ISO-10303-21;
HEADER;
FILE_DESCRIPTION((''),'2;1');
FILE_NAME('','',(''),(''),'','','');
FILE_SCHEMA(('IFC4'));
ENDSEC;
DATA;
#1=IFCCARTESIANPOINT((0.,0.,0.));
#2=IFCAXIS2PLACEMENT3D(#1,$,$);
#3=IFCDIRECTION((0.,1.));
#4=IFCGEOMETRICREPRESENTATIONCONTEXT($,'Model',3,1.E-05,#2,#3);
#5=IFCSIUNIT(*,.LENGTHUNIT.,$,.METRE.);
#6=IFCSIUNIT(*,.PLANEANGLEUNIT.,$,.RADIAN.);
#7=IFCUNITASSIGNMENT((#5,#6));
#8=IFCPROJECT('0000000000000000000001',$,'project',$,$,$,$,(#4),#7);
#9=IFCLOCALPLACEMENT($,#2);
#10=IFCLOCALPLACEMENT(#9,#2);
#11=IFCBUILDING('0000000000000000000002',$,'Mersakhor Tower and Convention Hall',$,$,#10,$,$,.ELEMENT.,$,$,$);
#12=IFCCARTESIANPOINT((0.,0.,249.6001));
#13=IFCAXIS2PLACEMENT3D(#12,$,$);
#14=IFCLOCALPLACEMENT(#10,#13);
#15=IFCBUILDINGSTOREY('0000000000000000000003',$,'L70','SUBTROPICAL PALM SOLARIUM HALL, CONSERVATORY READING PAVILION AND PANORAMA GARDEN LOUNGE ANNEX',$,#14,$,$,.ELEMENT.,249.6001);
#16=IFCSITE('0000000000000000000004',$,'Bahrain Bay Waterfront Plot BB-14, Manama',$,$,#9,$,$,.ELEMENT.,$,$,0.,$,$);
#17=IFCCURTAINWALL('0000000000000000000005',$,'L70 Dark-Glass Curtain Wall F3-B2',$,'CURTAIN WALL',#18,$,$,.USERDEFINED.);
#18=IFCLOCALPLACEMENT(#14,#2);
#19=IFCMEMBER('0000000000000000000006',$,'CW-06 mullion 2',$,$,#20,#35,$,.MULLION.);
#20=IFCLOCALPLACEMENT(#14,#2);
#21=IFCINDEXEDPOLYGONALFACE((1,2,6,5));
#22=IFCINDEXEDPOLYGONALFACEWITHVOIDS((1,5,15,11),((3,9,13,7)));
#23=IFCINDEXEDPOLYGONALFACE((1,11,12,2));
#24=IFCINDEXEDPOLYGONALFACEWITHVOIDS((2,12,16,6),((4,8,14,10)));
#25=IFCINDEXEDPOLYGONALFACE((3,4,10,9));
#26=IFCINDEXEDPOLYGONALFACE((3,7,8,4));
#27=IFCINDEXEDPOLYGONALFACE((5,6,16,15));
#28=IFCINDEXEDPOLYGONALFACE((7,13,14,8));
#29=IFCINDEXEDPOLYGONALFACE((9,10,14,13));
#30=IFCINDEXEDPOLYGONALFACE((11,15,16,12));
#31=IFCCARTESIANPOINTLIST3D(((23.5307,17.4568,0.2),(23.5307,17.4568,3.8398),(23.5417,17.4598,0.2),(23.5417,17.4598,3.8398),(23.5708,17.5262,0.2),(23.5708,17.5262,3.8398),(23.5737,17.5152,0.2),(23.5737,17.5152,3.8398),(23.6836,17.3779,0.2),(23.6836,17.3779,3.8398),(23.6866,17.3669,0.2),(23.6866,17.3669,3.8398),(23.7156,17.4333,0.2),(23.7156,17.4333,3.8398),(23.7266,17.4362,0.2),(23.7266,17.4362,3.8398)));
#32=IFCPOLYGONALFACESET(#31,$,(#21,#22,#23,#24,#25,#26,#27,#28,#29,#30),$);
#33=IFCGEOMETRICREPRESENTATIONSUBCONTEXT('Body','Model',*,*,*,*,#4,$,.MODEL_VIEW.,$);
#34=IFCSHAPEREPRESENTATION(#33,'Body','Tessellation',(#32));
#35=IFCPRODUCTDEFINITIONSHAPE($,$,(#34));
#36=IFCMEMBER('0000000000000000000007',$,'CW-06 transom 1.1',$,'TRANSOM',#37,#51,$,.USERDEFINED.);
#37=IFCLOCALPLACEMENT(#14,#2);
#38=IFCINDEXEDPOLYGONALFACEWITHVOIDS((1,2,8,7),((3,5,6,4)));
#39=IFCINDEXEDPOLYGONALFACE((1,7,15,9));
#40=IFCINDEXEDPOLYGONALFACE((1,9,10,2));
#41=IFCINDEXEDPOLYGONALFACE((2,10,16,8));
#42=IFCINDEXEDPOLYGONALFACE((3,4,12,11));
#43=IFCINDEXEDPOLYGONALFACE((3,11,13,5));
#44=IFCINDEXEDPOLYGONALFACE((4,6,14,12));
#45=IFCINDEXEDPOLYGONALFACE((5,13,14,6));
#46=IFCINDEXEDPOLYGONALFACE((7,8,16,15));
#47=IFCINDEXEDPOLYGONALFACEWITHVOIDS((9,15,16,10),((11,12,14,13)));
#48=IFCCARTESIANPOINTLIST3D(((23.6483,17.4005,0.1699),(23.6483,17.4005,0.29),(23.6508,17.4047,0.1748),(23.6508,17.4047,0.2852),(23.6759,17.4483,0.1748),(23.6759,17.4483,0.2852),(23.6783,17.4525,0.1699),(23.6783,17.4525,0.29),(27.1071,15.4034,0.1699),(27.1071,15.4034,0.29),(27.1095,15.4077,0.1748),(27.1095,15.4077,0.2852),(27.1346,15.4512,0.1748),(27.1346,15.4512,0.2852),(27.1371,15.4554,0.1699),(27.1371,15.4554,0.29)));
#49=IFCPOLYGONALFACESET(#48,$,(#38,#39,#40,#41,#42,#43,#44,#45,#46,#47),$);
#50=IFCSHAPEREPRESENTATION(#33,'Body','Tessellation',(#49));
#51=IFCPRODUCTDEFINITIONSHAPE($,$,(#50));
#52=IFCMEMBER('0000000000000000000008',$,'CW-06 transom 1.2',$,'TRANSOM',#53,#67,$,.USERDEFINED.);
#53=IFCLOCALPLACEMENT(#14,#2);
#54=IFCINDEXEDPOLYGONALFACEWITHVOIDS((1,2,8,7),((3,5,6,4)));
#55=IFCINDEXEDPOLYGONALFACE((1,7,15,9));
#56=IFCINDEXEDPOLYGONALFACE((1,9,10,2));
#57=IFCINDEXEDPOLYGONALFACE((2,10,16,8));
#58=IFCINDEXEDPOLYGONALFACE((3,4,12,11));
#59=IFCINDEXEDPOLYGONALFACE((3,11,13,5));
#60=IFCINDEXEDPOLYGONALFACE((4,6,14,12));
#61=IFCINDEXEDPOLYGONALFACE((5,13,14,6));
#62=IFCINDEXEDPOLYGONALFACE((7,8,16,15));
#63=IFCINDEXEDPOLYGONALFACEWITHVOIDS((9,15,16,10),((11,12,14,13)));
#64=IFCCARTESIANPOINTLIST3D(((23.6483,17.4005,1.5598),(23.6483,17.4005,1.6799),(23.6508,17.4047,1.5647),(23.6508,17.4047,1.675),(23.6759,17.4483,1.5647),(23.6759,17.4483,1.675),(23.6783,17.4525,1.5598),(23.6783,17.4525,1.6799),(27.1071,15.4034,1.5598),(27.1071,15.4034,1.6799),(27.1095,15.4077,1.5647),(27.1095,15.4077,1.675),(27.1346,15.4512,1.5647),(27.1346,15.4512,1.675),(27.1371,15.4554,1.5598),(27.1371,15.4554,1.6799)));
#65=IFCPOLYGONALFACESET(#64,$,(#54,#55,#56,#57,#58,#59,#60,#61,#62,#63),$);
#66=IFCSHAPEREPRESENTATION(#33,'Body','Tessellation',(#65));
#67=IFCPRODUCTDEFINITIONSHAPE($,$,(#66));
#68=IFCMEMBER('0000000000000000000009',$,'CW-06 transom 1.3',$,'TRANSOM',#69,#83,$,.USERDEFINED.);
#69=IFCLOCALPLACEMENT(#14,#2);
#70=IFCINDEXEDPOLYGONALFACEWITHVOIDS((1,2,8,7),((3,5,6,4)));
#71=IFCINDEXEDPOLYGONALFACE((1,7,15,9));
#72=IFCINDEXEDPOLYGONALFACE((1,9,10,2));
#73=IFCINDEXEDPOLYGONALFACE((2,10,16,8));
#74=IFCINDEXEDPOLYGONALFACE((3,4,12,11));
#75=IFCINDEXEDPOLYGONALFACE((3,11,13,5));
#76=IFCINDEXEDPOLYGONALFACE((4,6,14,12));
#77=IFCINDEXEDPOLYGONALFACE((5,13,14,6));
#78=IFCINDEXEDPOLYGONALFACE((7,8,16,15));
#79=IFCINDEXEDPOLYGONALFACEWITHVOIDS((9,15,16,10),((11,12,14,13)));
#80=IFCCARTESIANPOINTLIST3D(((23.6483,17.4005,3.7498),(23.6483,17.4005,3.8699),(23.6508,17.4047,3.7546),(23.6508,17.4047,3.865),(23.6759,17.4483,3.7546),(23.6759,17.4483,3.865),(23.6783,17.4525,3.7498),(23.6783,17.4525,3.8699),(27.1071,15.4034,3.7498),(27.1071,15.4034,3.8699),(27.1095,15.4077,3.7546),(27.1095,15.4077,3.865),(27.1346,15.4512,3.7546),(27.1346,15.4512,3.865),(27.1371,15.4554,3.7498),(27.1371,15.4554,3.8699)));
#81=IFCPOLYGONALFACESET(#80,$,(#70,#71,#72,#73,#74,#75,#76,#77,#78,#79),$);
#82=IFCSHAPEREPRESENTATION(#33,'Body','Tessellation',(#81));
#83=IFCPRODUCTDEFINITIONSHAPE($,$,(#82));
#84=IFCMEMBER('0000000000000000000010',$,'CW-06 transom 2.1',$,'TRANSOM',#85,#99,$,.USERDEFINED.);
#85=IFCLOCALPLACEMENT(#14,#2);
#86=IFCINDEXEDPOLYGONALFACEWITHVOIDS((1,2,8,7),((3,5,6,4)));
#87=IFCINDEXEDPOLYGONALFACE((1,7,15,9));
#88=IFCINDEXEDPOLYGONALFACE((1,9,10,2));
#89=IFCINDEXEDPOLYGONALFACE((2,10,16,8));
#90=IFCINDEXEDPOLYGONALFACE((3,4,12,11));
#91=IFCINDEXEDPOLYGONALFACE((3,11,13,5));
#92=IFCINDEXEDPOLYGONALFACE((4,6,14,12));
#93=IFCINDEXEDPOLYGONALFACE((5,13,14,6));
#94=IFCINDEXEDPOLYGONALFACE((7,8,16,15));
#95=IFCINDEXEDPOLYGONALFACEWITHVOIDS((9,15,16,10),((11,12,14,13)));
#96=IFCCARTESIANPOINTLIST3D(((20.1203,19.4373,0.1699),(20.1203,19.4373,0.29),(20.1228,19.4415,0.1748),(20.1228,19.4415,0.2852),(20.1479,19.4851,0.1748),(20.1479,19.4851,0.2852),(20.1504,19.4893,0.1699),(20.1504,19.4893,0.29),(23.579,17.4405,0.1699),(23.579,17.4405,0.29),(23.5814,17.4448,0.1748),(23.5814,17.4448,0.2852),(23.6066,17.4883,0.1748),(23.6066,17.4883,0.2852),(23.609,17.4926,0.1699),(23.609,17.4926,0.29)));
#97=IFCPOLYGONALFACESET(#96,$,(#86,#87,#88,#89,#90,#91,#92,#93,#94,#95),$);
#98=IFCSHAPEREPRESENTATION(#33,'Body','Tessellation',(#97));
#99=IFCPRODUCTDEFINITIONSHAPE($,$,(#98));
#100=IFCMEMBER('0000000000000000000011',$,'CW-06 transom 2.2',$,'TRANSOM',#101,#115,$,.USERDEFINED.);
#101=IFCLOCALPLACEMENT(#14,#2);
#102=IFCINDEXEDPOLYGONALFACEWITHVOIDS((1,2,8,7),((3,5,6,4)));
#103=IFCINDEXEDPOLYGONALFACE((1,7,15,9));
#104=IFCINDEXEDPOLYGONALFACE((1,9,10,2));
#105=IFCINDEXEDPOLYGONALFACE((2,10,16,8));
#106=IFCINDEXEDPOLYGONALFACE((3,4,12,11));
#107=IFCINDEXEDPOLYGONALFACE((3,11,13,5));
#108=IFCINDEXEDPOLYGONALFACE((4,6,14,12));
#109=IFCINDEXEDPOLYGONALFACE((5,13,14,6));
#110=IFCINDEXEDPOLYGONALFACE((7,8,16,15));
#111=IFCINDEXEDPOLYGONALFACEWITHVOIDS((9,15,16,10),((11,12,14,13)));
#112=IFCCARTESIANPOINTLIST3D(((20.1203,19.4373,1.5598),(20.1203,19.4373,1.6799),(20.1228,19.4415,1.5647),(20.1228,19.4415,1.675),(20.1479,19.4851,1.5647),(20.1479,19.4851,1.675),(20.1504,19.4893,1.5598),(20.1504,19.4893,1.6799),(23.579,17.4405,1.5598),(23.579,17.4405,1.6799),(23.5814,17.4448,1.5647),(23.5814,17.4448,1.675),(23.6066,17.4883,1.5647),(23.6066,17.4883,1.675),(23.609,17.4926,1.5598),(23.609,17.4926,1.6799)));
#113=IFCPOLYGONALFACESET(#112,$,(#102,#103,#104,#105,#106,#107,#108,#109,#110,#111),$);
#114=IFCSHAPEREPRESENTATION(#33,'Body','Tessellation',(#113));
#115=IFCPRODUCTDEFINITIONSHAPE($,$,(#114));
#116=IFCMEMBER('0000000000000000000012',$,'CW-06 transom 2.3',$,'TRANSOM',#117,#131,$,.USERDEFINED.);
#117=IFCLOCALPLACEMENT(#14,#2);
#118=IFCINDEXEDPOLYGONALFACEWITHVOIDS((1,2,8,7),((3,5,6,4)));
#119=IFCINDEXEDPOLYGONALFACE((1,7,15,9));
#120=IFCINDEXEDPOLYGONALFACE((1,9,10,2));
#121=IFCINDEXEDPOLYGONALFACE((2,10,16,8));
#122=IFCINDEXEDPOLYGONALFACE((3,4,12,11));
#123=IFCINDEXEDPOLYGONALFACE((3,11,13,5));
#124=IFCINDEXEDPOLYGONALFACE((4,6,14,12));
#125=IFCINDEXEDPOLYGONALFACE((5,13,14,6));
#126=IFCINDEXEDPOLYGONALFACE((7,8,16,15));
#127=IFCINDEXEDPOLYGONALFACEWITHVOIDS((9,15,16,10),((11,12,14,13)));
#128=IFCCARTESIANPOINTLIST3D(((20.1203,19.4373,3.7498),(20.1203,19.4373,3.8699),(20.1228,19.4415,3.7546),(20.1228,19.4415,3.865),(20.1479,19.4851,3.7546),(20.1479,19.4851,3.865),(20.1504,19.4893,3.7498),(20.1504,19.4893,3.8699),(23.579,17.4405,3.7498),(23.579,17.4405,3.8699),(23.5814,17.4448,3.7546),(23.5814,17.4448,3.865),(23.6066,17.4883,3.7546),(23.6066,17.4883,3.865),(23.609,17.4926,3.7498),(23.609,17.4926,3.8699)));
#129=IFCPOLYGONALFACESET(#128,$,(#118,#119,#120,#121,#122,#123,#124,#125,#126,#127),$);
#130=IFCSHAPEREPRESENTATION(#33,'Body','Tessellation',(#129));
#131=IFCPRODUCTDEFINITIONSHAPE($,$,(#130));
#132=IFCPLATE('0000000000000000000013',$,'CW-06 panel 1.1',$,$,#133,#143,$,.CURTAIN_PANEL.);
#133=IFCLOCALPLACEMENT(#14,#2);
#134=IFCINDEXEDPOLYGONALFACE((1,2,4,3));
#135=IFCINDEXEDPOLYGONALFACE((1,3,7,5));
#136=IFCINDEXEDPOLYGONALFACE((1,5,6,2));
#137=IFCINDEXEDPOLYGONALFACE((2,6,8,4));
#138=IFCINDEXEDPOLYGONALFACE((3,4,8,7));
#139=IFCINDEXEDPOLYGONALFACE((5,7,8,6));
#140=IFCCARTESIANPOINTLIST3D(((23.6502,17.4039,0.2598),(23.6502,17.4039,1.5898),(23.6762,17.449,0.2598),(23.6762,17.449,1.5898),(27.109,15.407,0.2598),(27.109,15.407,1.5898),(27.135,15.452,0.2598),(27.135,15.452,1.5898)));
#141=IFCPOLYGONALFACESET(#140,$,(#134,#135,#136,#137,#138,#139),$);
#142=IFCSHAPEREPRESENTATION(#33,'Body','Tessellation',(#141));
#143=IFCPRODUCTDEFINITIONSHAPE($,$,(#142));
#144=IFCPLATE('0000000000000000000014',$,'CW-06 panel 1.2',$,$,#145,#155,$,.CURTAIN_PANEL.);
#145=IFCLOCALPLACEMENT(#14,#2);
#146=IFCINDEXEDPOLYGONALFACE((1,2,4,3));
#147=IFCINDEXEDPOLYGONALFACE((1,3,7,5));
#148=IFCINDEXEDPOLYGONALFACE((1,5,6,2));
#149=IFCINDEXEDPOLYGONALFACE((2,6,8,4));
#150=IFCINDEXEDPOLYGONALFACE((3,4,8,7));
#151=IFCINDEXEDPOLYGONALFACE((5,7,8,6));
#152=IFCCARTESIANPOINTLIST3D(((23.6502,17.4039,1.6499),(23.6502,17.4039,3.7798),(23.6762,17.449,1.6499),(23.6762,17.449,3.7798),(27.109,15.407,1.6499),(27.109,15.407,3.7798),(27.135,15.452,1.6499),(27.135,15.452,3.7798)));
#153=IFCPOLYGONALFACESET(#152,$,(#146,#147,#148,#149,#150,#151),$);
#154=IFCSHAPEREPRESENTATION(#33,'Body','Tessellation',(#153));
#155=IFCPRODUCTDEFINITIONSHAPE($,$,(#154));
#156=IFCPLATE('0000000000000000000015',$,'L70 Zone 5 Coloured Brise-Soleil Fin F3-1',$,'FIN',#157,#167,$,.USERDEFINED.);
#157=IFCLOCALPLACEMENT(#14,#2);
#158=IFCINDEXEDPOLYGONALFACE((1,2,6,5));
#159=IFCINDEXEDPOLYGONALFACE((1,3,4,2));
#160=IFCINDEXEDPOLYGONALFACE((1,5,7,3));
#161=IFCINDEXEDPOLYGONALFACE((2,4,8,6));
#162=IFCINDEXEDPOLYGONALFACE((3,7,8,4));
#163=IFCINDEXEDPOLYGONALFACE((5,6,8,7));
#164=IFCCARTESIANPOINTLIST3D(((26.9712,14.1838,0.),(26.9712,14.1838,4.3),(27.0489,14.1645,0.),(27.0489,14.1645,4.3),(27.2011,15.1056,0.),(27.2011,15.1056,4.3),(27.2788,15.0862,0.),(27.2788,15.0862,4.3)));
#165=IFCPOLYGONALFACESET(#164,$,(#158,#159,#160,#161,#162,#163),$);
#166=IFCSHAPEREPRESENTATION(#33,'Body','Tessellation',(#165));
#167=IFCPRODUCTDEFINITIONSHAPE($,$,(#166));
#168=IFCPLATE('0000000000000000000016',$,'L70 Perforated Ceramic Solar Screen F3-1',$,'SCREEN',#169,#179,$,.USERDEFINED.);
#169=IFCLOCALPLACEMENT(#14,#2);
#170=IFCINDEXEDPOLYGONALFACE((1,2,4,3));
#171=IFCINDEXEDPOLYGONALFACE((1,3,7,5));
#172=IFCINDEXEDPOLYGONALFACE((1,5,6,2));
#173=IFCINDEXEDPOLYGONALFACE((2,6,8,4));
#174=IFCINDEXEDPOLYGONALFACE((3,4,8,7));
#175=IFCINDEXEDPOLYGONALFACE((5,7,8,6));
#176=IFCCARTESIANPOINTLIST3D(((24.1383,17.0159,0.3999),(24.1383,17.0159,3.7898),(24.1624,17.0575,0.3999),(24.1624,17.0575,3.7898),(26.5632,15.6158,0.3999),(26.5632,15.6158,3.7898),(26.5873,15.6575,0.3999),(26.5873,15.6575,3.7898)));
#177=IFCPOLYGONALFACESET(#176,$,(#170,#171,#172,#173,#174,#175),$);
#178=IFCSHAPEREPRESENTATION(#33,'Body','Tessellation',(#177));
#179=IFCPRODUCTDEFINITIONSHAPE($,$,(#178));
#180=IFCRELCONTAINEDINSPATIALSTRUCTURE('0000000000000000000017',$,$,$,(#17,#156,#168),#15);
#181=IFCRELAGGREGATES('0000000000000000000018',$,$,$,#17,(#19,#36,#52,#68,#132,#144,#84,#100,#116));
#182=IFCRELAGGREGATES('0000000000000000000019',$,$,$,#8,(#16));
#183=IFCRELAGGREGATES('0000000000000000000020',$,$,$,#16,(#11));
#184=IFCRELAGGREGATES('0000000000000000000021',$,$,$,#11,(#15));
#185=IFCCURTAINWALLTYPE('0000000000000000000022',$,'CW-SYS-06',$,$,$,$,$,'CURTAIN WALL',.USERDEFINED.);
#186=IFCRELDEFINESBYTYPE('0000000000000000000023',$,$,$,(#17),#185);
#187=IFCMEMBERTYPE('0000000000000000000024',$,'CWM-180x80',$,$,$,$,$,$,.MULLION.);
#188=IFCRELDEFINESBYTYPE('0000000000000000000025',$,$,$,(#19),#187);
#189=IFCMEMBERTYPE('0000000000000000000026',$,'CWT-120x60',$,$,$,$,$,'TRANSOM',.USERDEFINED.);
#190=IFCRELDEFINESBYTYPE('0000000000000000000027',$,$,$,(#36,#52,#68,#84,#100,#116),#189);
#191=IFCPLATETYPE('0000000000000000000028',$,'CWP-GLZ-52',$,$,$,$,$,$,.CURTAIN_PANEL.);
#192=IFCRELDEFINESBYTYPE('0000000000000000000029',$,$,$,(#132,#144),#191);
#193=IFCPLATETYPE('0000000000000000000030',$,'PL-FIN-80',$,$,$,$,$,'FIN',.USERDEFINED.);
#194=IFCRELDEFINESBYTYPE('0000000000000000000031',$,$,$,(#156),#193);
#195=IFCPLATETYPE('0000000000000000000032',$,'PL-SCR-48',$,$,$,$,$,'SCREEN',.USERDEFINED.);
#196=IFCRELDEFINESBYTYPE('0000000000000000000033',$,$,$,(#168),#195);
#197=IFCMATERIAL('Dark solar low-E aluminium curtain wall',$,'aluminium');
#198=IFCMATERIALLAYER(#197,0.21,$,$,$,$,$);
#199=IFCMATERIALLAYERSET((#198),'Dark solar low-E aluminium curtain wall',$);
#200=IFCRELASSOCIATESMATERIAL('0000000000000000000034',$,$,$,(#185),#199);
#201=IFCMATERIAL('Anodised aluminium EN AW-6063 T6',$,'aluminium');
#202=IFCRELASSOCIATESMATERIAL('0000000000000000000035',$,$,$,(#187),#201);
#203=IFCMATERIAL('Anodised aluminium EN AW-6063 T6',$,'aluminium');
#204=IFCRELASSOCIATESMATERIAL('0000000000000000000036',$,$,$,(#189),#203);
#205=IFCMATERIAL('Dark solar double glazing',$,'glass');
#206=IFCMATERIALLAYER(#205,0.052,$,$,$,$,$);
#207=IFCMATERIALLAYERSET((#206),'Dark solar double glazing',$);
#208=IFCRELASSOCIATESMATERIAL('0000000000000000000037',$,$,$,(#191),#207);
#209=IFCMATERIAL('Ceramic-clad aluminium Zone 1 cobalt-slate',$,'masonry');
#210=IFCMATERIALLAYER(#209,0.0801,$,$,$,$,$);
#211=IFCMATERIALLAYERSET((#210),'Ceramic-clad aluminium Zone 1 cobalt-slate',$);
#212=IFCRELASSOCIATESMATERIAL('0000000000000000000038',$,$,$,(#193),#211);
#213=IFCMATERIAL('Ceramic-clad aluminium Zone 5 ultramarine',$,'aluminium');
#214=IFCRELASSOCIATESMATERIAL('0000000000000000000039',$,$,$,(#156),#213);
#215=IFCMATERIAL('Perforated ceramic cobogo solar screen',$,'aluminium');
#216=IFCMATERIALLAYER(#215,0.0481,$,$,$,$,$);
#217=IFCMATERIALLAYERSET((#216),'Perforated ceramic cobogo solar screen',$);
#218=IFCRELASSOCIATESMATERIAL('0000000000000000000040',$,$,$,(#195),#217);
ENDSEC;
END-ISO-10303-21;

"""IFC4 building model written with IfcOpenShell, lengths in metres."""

from ifc_helpers import new_model, si_unit, direction, frame, origin, origin_2d, place, context, subcontext, project, spatial, rectangle, hollow_rectangle, extrude, material, layer, layer_set, material_profile, profile_set, type_object, element, aggregate, save


model = new_model("IFC4")

# Units and contexts
model_context = context("Model", 3, precision=1e-05, world=origin(), true_north=direction((0.0, 1.0)))
body_context = subcontext(model_context, "Body", "Model", "MODEL_VIEW")
ifc_project = project(units=[si_unit("LENGTHUNIT", "METRE"), si_unit("PLANEANGLEUNIT", "RADIAN")], contexts=[model_context])

# Site, building, storey
site_placement = place(None, origin())
site = spatial("IfcSite", under=ifc_project, at=site_placement, Name="Bahrain Bay Waterfront Plot BB-14, Manama", CompositionType="ELEMENT", RefElevation=0.0)
building_placement = place(site_placement, origin())
building = spatial("IfcBuilding", under=site, at=building_placement, Name="Mersakhor Tower and Convention Hall", CompositionType="ELEMENT")
storey_placement = place(building_placement, frame((0.0, 0.0, 249.6001)))
storey = spatial("IfcBuildingStorey", under=building, at=storey_placement, Name="L70", Description="SUBTROPICAL PALM SOLARIUM HALL, CONSERVATORY READING PAVILION AND PANORAMA GARDEN LOUNGE ANNEX", CompositionType="ELEMENT", Elevation=249.6001)

# Curtain wall, members, plates
ifc_material_1 = material(Name="Dark solar low-E aluminium curtain wall", Category="aluminium")
ifc_layer_1 = layer(ifc_material_1, 0.21)
ifc_layer_set_1 = layer_set([ifc_layer_1], Name="Dark solar low-E aluminium curtain wall")
curtain_wall_type = type_object("IfcCurtainWallType", Name="CW-SYS-06", ElementType="CURTAIN WALL", PredefinedType="USERDEFINED", material=ifc_layer_set_1)
curtain_wall_placement = place(storey_placement, origin())
curtain_wall = element("IfcCurtainWall", 1, at=curtain_wall_placement, inside=storey, type_object=curtain_wall_type, Name="L70 Dark-Glass Curtain Wall F3-B2", ObjectType="CURTAIN WALL", PredefinedType="USERDEFINED")
ifc_material_2 = material(Name="Anodised aluminium EN AW-6063 T6", Category="aluminium")
ifc_material_profile_1 = material_profile(ifc_material_2, hollow_rectangle(XDim=0.0801, YDim=0.1799, WallThickness=0.0081, at=origin_2d()), Name="RHS 180x80x8")
ifc_profile_set_1 = profile_set([ifc_material_profile_1], Name="Anodised aluminium EN AW-6063 T6")
member_type_1 = type_object("IfcMemberType", Name="CWM-180x80", PredefinedType="MULLION", material=ifc_profile_set_1)
member_1_placement = place(storey_placement, frame((23.6287, 17.4465, 0.2), z_axis=(0.0, 0.0, 1.0), x_axis=(-0.500004, -0.866023, 0.0)))
member_1 = element("IfcMember", 2, at=member_1_placement, type_object=member_type_1, Name="CW-06 mullion 2", PredefinedType="MULLION", context=body_context, shape_type="SweptSolid", body=[
    extrude(hollow_rectangle(XDim=0.0801, YDim=0.1799, WallThickness=0.0081, at=origin_2d()), origin(), (0.0, 0.0, 1.0), 3.6399),
])
ifc_material_3 = material(Name="Anodised aluminium EN AW-6063 T6", Category="aluminium")
ifc_material_profile_2 = material_profile(ifc_material_3, hollow_rectangle(XDim=0.0601, YDim=0.1201, WallThickness=0.0049, at=origin_2d()), Name="RHS 120x60x5")
ifc_profile_set_2 = profile_set([ifc_material_profile_2], Name="Anodised aluminium EN AW-6063 T6")
member_type_2 = type_object("IfcMemberType", Name="CWT-120x60", ElementType="TRANSOM", PredefinedType="USERDEFINED", material=ifc_profile_set_2)
member_2_placement = place(storey_placement, frame((27.1221, 15.4294, 0.23), z_axis=(-0.866007, 0.500031, 0.0), x_axis=(-0.500031, -0.866007, 0.0)))
member_2 = element("IfcMember", 3, at=member_2_placement, type_object=member_type_2, Name="CW-06 transom 1.1", ObjectType="TRANSOM", PredefinedType="USERDEFINED", context=body_context, shape_type="SweptSolid", body=[
    extrude(hollow_rectangle(XDim=0.0601, YDim=0.1201, WallThickness=0.0049, at=origin_2d()), origin(), (0.0, 0.0, 1.0), 3.9939),
])
member_3_placement = place(storey_placement, frame((27.1221, 15.4294, 1.6199), z_axis=(-0.866007, 0.500031, 0.0), x_axis=(-0.500031, -0.866007, 0.0)))
member_3 = element("IfcMember", 4, at=member_3_placement, type_object=member_type_2, Name="CW-06 transom 1.2", ObjectType="TRANSOM", PredefinedType="USERDEFINED", context=body_context, shape_type="SweptSolid", body=[
    extrude(hollow_rectangle(XDim=0.0601, YDim=0.1201, WallThickness=0.0049, at=origin_2d()), origin(), (0.0, 0.0, 1.0), 3.9939),
])
member_4_placement = place(storey_placement, frame((27.1221, 15.4294, 3.8098), z_axis=(-0.866007, 0.500031, 0.0), x_axis=(-0.500031, -0.866007, 0.0)))
member_4 = element("IfcMember", 5, at=member_4_placement, type_object=member_type_2, Name="CW-06 transom 1.3", ObjectType="TRANSOM", PredefinedType="USERDEFINED", context=body_context, shape_type="SweptSolid", body=[
    extrude(hollow_rectangle(XDim=0.0601, YDim=0.1201, WallThickness=0.0049, at=origin_2d()), origin(), (0.0, 0.0, 1.0), 3.9939),
])
member_5_placement = place(storey_placement, frame((23.594, 17.4666, 0.23), z_axis=(-0.866034, 0.499985, 0.0), x_axis=(-0.499985, -0.866034, 0.0)))
member_5 = element("IfcMember", 6, at=member_5_placement, type_object=member_type_2, Name="CW-06 transom 2.1", ObjectType="TRANSOM", PredefinedType="USERDEFINED", context=body_context, shape_type="SweptSolid", body=[
    extrude(hollow_rectangle(XDim=0.0601, YDim=0.1201, WallThickness=0.0049, at=origin_2d()), origin(), (0.0, 0.0, 1.0), 3.9937),
])
member_6_placement = place(storey_placement, frame((23.594, 17.4666, 1.6199), z_axis=(-0.866034, 0.499985, 0.0), x_axis=(-0.499985, -0.866034, 0.0)))
member_6 = element("IfcMember", 7, at=member_6_placement, type_object=member_type_2, Name="CW-06 transom 2.2", ObjectType="TRANSOM", PredefinedType="USERDEFINED", context=body_context, shape_type="SweptSolid", body=[
    extrude(hollow_rectangle(XDim=0.0601, YDim=0.1201, WallThickness=0.0049, at=origin_2d()), origin(), (0.0, 0.0, 1.0), 3.9937),
])
member_7_placement = place(storey_placement, frame((23.594, 17.4666, 3.8098), z_axis=(-0.866034, 0.499985, 0.0), x_axis=(-0.499985, -0.866034, 0.0)))
member_7 = element("IfcMember", 8, at=member_7_placement, type_object=member_type_2, Name="CW-06 transom 2.3", ObjectType="TRANSOM", PredefinedType="USERDEFINED", context=body_context, shape_type="SweptSolid", body=[
    extrude(hollow_rectangle(XDim=0.0601, YDim=0.1201, WallThickness=0.0049, at=origin_2d()), origin(), (0.0, 0.0, 1.0), 3.9937),
])
ifc_material_4 = material(Name="Dark solar double glazing", Category="glass")
ifc_layer_2 = layer(ifc_material_4, 0.052)
ifc_layer_set_2 = layer_set([ifc_layer_2], Name="Dark solar double glazing")
plate_type_1 = type_object("IfcPlateType", Name="CWP-GLZ-52", PredefinedType="CURTAIN_PANEL", material=ifc_layer_set_2)
plate_1_placement = place(storey_placement, frame((25.3926, 16.428, 0.2598), z_axis=(0.0, 0.0, 1.0), x_axis=(-0.866023, 0.500004, 0.0)))
plate_1 = element("IfcPlate", 9, at=plate_1_placement, type_object=plate_type_1, Name="CW-06 panel 1.1", PredefinedType="CURTAIN_PANEL", context=body_context, shape_type="SweptSolid", body=[
    extrude(rectangle(XDim=3.9939, YDim=0.052, at=origin_2d()), origin(), (0.0, 0.0, 1.0), 1.3301),
])
plate_2_placement = place(storey_placement, frame((25.3926, 16.428, 1.6499), z_axis=(0.0, 0.0, 1.0), x_axis=(-0.866023, 0.500004, 0.0)))
plate_2 = element("IfcPlate", 10, at=plate_2_placement, type_object=plate_type_1, Name="CW-06 panel 1.2", PredefinedType="CURTAIN_PANEL", context=body_context, shape_type="SweptSolid", body=[
    extrude(rectangle(XDim=3.9939, YDim=0.052, at=origin_2d()), origin(), (0.0, 0.0, 1.0), 2.1299),
])
aggregate(curtain_wall, [member_1, member_2, member_3, member_4, plate_1, plate_2, member_5, member_6, member_7])

# Plates
ifc_material_5 = material(Name="Ceramic-clad aluminium Zone 5 ultramarine", Category="aluminium")
ifc_material_6 = material(Name="Ceramic-clad aluminium Zone 1 cobalt-slate", Category="masonry")
ifc_layer_3 = layer(ifc_material_6, 0.0801)
ifc_layer_set_3 = layer_set([ifc_layer_3], Name="Ceramic-clad aluminium Zone 1 cobalt-slate")
plate_type_2 = type_object("IfcPlateType", Name="PL-FIN-80", ElementType="FIN", PredefinedType="USERDEFINED", material=ifc_layer_set_3)
plate_3_placement = place(storey_placement, frame((27.125, 14.635, 0.0), z_axis=(0.0, 0.0, 1.0), x_axis=(-0.241922, -0.970296, 0.0)))
element("IfcPlate", 11, at=plate_3_placement, inside=storey, type_object=plate_type_2, material=ifc_material_5, Name="L70 Zone 5 Coloured Brise-Soleil Fin F3-1", ObjectType="FIN", PredefinedType="USERDEFINED", context=body_context, shape_type="SweptSolid", body=[
    extrude(rectangle(XDim=0.95, YDim=0.0801, at=origin_2d()), origin(), (0.0, 0.0, 1.0), 4.3),
])
ifc_material_7 = material(Name="Perforated ceramic cobogo solar screen", Category="aluminium")
ifc_layer_4 = layer(ifc_material_7, 0.0481)
ifc_layer_set_4 = layer_set([ifc_layer_4], Name="Perforated ceramic cobogo solar screen")
plate_type_3 = type_object("IfcPlateType", Name="PL-SCR-48", ElementType="SCREEN", PredefinedType="USERDEFINED", material=ifc_layer_set_4)
plate_4_placement = place(storey_placement, frame((25.3628, 16.3367, 0.3999), z_axis=(0.0, 0.0, 1.0), x_axis=(-0.866025, 0.5, 0.0)))
element("IfcPlate", 12, at=plate_4_placement, inside=storey, type_object=plate_type_3, Name="L70 Perforated Ceramic Solar Screen F3-1", ObjectType="SCREEN", PredefinedType="USERDEFINED", context=body_context, shape_type="SweptSolid", body=[
    extrude(rectangle(XDim=2.8, YDim=0.0481, at=origin_2d()), origin(), (0.0, 0.0, 1.0), 3.3899),
])

save(model, "model.ifc")
